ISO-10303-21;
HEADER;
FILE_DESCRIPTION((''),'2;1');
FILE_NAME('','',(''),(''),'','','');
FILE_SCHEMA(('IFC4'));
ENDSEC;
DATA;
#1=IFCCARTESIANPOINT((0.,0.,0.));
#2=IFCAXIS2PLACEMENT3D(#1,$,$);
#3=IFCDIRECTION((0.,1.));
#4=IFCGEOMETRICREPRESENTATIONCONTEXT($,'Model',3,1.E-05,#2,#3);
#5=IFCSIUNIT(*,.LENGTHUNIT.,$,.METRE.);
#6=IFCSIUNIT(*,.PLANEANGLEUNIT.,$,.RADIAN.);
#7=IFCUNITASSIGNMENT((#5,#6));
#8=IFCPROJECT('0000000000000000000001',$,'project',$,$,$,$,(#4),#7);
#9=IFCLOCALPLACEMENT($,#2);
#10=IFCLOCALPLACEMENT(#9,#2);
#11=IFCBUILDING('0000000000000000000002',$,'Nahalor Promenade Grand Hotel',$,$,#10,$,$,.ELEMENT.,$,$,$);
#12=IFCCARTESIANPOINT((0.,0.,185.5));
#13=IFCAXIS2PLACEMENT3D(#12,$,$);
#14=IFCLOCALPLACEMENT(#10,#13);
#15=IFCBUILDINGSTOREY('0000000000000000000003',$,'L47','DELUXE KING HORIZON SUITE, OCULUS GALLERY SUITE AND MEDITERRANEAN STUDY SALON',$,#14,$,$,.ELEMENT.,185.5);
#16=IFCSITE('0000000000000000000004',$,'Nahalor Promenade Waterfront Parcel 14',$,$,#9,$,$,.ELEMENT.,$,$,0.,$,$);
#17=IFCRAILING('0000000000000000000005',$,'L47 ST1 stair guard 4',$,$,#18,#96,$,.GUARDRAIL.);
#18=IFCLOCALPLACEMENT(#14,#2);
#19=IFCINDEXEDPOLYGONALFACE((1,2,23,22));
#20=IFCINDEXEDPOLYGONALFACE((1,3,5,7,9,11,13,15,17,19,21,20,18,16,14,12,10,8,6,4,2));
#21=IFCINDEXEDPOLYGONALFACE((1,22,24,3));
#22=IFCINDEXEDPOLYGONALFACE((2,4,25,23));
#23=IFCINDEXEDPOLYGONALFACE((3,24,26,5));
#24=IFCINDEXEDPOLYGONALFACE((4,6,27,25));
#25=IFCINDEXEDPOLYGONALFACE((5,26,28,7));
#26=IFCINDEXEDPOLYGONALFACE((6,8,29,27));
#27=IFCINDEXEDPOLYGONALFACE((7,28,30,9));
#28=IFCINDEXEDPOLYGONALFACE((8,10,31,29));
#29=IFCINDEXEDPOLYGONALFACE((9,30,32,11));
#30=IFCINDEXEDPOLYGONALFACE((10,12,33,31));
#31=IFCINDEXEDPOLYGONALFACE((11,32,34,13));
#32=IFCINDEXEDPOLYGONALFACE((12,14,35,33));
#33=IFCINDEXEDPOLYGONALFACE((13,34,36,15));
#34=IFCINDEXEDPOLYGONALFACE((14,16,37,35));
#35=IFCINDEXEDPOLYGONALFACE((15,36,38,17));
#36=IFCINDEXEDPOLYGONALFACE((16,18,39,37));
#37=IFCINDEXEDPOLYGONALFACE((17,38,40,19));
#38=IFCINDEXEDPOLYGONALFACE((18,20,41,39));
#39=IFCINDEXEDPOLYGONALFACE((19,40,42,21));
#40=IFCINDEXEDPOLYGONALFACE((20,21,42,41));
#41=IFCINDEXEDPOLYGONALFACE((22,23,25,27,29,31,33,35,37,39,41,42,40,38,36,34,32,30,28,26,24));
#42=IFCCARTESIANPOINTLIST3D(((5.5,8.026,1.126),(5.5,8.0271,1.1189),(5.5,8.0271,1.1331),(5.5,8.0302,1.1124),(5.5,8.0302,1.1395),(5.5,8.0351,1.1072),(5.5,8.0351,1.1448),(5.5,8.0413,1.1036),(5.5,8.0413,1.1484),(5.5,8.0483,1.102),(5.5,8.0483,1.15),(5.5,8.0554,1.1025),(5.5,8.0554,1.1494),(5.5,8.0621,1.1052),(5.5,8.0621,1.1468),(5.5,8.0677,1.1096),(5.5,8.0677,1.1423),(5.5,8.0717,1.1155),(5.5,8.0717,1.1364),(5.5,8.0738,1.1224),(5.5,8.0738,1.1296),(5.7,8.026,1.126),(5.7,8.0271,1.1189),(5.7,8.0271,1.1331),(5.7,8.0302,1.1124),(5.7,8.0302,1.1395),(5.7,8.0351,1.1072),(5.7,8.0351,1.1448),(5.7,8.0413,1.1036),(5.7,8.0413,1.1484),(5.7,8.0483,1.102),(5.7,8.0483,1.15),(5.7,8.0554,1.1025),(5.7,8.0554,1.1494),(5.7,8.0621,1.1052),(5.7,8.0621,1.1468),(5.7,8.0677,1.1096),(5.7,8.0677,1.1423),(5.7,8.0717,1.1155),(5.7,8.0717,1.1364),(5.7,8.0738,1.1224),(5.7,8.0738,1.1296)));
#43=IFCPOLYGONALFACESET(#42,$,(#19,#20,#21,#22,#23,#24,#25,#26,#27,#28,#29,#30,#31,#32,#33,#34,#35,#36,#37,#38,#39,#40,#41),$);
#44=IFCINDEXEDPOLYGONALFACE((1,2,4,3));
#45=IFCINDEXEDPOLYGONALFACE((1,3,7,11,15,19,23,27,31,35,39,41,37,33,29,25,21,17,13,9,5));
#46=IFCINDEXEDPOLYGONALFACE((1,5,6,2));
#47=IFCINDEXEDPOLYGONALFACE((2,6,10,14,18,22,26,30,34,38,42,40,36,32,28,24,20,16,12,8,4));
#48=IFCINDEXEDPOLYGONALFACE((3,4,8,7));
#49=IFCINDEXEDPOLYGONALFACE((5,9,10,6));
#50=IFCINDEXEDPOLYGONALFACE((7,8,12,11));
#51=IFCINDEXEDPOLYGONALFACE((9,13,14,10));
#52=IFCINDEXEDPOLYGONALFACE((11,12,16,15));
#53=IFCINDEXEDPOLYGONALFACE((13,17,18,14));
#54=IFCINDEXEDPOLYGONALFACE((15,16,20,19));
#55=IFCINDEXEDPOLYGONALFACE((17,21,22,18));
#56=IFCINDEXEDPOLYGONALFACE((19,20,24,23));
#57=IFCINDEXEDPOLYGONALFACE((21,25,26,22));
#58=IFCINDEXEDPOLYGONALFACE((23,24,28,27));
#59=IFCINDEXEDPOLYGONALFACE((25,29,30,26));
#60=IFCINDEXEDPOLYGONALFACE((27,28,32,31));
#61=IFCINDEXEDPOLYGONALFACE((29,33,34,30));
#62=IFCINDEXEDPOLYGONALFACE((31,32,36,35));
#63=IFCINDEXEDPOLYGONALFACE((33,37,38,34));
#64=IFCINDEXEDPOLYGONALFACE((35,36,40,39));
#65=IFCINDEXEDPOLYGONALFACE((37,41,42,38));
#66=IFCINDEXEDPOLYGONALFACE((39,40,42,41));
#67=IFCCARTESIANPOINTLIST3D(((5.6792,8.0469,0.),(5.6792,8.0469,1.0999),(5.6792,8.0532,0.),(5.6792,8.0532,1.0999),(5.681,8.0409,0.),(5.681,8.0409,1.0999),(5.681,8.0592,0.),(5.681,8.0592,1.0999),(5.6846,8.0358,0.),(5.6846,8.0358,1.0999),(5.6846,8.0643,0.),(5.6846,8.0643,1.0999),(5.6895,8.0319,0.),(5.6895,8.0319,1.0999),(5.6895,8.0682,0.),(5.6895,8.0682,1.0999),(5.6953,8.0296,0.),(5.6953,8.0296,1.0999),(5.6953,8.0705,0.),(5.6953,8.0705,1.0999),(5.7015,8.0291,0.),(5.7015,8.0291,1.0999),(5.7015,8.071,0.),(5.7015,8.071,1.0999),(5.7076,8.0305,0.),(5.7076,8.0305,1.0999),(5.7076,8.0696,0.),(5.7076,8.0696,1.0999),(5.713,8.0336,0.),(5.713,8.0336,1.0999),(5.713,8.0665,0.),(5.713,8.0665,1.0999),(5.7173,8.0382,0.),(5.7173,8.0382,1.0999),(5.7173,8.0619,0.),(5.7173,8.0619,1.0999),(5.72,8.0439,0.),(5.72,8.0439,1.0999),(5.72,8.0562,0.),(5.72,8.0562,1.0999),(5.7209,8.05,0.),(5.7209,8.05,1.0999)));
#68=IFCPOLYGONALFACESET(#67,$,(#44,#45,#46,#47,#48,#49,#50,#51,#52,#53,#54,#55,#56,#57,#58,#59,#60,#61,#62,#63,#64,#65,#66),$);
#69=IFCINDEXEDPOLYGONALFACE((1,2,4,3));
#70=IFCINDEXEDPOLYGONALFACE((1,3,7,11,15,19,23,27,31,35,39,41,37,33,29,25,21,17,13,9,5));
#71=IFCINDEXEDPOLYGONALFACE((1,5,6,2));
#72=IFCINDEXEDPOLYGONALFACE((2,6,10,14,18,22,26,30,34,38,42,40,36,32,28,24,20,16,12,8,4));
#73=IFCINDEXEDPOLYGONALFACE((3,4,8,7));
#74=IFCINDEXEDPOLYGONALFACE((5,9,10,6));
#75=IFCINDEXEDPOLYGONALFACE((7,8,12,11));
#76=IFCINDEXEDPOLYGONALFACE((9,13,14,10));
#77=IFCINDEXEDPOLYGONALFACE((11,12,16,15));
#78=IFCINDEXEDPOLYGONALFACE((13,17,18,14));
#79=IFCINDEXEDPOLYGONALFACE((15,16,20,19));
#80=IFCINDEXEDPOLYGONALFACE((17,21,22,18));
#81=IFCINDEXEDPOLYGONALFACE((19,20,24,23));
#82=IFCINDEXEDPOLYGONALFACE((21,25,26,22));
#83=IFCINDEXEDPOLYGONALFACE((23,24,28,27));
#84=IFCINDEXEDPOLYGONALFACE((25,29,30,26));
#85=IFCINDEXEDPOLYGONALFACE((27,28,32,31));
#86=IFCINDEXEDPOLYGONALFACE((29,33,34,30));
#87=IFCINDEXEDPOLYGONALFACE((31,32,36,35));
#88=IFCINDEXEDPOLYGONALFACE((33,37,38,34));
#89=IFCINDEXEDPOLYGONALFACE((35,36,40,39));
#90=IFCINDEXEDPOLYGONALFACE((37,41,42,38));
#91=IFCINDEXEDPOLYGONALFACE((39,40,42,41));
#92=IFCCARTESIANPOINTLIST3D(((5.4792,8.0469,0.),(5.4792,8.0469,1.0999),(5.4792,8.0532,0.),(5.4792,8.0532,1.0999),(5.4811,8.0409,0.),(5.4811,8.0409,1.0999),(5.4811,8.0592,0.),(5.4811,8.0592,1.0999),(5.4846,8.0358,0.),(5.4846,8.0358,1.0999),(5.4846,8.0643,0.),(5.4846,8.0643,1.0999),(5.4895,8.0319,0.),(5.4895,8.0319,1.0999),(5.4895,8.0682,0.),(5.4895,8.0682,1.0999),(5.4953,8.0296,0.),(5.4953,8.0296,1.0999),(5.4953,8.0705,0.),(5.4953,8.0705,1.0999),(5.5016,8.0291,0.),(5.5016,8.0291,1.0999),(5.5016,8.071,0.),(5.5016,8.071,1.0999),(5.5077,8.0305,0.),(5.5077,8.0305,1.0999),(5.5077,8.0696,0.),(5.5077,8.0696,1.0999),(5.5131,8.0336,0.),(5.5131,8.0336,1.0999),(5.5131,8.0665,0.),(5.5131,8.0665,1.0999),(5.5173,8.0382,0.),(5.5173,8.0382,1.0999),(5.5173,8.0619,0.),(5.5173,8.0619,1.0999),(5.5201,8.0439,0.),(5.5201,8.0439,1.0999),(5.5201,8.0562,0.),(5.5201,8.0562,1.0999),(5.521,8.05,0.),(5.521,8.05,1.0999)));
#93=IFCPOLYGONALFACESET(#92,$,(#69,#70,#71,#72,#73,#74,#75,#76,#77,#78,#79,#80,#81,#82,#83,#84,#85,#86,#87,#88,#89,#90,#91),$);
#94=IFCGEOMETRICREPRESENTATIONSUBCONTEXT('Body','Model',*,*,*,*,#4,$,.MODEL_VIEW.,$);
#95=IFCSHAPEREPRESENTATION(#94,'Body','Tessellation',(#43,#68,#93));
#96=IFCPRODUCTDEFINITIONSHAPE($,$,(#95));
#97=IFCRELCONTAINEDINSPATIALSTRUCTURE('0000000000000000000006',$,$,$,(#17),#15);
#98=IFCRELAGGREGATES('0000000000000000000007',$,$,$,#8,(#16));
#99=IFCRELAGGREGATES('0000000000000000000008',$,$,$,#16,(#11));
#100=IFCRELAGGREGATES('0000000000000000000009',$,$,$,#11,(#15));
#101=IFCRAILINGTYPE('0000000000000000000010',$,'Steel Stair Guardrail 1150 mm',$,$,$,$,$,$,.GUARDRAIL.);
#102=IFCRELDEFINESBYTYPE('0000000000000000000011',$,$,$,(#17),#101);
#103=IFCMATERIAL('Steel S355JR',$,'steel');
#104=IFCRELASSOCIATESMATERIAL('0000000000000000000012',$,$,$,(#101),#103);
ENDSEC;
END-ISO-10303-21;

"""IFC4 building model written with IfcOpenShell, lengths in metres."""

from ifc_helpers import new_model, si_unit, direction, frame, origin, origin_2d, place, context, subcontext, project, spatial, circle, extrude, material, type_object, element, save


model = new_model("IFC4")

# Units and contexts
model_context = context("Model", 3, precision=1e-05, world=origin(), true_north=direction((0.0, 1.0)))
body_context = subcontext(model_context, "Body", "Model", "MODEL_VIEW")
ifc_project = project(units=[si_unit("LENGTHUNIT", "METRE"), si_unit("PLANEANGLEUNIT", "RADIAN")], contexts=[model_context])

# Site, building, storey
site_placement = place(None, origin())
site = spatial("IfcSite", under=ifc_project, at=site_placement, Name="Nahalor Promenade Waterfront Parcel 14", CompositionType="ELEMENT", RefElevation=0.0)
building_placement = place(site_placement, origin())
building = spatial("IfcBuilding", under=site, at=building_placement, Name="Nahalor Promenade Grand Hotel", CompositionType="ELEMENT")
storey_placement = place(building_placement, frame((0.0, 0.0, 185.5)))
storey = spatial("IfcBuildingStorey", under=building, at=storey_placement, Name="L47", Description="DELUXE KING HORIZON SUITE, OCULUS GALLERY SUITE AND MEDITERRANEAN STUDY SALON", CompositionType="ELEMENT", Elevation=185.5)

# Shared definitions
ifc_material_1 = material(Name="Steel S355JR", Category="steel")

# Railing
railing_type_1 = type_object("IfcRailingType", Name="Steel Stair Guardrail 1150 mm", PredefinedType="GUARDRAIL", material=ifc_material_1)
railing_1_placement = place(storey_placement, frame((5.7, 8.05, 0.0)))
element("IfcRailing", 1, at=railing_1_placement, inside=storey, type_object=railing_type_1, Name="L47 ST1 stair guard 4", PredefinedType="GUARDRAIL", context=body_context, shape_type="SweptSolid", body=[
    extrude(circle(Radius=0.024, at=origin_2d()), frame((0.0, 0.0, 1.126), z_axis=(-1.0, 0.0, 0.0), x_axis=(0.0, -1.0, 0.0)), (0.0, 0.0, 1.0), 0.2),
    extrude(circle(Radius=0.021, at=origin_2d()), origin(), (0.0, 0.0, 1.0), 1.0999),
    extrude(circle(Radius=0.021, at=origin_2d()), frame((-0.2, 0.0, 0.0)), (0.0, 0.0, 1.0), 1.0999),
])

save(model, "model.ifc")
